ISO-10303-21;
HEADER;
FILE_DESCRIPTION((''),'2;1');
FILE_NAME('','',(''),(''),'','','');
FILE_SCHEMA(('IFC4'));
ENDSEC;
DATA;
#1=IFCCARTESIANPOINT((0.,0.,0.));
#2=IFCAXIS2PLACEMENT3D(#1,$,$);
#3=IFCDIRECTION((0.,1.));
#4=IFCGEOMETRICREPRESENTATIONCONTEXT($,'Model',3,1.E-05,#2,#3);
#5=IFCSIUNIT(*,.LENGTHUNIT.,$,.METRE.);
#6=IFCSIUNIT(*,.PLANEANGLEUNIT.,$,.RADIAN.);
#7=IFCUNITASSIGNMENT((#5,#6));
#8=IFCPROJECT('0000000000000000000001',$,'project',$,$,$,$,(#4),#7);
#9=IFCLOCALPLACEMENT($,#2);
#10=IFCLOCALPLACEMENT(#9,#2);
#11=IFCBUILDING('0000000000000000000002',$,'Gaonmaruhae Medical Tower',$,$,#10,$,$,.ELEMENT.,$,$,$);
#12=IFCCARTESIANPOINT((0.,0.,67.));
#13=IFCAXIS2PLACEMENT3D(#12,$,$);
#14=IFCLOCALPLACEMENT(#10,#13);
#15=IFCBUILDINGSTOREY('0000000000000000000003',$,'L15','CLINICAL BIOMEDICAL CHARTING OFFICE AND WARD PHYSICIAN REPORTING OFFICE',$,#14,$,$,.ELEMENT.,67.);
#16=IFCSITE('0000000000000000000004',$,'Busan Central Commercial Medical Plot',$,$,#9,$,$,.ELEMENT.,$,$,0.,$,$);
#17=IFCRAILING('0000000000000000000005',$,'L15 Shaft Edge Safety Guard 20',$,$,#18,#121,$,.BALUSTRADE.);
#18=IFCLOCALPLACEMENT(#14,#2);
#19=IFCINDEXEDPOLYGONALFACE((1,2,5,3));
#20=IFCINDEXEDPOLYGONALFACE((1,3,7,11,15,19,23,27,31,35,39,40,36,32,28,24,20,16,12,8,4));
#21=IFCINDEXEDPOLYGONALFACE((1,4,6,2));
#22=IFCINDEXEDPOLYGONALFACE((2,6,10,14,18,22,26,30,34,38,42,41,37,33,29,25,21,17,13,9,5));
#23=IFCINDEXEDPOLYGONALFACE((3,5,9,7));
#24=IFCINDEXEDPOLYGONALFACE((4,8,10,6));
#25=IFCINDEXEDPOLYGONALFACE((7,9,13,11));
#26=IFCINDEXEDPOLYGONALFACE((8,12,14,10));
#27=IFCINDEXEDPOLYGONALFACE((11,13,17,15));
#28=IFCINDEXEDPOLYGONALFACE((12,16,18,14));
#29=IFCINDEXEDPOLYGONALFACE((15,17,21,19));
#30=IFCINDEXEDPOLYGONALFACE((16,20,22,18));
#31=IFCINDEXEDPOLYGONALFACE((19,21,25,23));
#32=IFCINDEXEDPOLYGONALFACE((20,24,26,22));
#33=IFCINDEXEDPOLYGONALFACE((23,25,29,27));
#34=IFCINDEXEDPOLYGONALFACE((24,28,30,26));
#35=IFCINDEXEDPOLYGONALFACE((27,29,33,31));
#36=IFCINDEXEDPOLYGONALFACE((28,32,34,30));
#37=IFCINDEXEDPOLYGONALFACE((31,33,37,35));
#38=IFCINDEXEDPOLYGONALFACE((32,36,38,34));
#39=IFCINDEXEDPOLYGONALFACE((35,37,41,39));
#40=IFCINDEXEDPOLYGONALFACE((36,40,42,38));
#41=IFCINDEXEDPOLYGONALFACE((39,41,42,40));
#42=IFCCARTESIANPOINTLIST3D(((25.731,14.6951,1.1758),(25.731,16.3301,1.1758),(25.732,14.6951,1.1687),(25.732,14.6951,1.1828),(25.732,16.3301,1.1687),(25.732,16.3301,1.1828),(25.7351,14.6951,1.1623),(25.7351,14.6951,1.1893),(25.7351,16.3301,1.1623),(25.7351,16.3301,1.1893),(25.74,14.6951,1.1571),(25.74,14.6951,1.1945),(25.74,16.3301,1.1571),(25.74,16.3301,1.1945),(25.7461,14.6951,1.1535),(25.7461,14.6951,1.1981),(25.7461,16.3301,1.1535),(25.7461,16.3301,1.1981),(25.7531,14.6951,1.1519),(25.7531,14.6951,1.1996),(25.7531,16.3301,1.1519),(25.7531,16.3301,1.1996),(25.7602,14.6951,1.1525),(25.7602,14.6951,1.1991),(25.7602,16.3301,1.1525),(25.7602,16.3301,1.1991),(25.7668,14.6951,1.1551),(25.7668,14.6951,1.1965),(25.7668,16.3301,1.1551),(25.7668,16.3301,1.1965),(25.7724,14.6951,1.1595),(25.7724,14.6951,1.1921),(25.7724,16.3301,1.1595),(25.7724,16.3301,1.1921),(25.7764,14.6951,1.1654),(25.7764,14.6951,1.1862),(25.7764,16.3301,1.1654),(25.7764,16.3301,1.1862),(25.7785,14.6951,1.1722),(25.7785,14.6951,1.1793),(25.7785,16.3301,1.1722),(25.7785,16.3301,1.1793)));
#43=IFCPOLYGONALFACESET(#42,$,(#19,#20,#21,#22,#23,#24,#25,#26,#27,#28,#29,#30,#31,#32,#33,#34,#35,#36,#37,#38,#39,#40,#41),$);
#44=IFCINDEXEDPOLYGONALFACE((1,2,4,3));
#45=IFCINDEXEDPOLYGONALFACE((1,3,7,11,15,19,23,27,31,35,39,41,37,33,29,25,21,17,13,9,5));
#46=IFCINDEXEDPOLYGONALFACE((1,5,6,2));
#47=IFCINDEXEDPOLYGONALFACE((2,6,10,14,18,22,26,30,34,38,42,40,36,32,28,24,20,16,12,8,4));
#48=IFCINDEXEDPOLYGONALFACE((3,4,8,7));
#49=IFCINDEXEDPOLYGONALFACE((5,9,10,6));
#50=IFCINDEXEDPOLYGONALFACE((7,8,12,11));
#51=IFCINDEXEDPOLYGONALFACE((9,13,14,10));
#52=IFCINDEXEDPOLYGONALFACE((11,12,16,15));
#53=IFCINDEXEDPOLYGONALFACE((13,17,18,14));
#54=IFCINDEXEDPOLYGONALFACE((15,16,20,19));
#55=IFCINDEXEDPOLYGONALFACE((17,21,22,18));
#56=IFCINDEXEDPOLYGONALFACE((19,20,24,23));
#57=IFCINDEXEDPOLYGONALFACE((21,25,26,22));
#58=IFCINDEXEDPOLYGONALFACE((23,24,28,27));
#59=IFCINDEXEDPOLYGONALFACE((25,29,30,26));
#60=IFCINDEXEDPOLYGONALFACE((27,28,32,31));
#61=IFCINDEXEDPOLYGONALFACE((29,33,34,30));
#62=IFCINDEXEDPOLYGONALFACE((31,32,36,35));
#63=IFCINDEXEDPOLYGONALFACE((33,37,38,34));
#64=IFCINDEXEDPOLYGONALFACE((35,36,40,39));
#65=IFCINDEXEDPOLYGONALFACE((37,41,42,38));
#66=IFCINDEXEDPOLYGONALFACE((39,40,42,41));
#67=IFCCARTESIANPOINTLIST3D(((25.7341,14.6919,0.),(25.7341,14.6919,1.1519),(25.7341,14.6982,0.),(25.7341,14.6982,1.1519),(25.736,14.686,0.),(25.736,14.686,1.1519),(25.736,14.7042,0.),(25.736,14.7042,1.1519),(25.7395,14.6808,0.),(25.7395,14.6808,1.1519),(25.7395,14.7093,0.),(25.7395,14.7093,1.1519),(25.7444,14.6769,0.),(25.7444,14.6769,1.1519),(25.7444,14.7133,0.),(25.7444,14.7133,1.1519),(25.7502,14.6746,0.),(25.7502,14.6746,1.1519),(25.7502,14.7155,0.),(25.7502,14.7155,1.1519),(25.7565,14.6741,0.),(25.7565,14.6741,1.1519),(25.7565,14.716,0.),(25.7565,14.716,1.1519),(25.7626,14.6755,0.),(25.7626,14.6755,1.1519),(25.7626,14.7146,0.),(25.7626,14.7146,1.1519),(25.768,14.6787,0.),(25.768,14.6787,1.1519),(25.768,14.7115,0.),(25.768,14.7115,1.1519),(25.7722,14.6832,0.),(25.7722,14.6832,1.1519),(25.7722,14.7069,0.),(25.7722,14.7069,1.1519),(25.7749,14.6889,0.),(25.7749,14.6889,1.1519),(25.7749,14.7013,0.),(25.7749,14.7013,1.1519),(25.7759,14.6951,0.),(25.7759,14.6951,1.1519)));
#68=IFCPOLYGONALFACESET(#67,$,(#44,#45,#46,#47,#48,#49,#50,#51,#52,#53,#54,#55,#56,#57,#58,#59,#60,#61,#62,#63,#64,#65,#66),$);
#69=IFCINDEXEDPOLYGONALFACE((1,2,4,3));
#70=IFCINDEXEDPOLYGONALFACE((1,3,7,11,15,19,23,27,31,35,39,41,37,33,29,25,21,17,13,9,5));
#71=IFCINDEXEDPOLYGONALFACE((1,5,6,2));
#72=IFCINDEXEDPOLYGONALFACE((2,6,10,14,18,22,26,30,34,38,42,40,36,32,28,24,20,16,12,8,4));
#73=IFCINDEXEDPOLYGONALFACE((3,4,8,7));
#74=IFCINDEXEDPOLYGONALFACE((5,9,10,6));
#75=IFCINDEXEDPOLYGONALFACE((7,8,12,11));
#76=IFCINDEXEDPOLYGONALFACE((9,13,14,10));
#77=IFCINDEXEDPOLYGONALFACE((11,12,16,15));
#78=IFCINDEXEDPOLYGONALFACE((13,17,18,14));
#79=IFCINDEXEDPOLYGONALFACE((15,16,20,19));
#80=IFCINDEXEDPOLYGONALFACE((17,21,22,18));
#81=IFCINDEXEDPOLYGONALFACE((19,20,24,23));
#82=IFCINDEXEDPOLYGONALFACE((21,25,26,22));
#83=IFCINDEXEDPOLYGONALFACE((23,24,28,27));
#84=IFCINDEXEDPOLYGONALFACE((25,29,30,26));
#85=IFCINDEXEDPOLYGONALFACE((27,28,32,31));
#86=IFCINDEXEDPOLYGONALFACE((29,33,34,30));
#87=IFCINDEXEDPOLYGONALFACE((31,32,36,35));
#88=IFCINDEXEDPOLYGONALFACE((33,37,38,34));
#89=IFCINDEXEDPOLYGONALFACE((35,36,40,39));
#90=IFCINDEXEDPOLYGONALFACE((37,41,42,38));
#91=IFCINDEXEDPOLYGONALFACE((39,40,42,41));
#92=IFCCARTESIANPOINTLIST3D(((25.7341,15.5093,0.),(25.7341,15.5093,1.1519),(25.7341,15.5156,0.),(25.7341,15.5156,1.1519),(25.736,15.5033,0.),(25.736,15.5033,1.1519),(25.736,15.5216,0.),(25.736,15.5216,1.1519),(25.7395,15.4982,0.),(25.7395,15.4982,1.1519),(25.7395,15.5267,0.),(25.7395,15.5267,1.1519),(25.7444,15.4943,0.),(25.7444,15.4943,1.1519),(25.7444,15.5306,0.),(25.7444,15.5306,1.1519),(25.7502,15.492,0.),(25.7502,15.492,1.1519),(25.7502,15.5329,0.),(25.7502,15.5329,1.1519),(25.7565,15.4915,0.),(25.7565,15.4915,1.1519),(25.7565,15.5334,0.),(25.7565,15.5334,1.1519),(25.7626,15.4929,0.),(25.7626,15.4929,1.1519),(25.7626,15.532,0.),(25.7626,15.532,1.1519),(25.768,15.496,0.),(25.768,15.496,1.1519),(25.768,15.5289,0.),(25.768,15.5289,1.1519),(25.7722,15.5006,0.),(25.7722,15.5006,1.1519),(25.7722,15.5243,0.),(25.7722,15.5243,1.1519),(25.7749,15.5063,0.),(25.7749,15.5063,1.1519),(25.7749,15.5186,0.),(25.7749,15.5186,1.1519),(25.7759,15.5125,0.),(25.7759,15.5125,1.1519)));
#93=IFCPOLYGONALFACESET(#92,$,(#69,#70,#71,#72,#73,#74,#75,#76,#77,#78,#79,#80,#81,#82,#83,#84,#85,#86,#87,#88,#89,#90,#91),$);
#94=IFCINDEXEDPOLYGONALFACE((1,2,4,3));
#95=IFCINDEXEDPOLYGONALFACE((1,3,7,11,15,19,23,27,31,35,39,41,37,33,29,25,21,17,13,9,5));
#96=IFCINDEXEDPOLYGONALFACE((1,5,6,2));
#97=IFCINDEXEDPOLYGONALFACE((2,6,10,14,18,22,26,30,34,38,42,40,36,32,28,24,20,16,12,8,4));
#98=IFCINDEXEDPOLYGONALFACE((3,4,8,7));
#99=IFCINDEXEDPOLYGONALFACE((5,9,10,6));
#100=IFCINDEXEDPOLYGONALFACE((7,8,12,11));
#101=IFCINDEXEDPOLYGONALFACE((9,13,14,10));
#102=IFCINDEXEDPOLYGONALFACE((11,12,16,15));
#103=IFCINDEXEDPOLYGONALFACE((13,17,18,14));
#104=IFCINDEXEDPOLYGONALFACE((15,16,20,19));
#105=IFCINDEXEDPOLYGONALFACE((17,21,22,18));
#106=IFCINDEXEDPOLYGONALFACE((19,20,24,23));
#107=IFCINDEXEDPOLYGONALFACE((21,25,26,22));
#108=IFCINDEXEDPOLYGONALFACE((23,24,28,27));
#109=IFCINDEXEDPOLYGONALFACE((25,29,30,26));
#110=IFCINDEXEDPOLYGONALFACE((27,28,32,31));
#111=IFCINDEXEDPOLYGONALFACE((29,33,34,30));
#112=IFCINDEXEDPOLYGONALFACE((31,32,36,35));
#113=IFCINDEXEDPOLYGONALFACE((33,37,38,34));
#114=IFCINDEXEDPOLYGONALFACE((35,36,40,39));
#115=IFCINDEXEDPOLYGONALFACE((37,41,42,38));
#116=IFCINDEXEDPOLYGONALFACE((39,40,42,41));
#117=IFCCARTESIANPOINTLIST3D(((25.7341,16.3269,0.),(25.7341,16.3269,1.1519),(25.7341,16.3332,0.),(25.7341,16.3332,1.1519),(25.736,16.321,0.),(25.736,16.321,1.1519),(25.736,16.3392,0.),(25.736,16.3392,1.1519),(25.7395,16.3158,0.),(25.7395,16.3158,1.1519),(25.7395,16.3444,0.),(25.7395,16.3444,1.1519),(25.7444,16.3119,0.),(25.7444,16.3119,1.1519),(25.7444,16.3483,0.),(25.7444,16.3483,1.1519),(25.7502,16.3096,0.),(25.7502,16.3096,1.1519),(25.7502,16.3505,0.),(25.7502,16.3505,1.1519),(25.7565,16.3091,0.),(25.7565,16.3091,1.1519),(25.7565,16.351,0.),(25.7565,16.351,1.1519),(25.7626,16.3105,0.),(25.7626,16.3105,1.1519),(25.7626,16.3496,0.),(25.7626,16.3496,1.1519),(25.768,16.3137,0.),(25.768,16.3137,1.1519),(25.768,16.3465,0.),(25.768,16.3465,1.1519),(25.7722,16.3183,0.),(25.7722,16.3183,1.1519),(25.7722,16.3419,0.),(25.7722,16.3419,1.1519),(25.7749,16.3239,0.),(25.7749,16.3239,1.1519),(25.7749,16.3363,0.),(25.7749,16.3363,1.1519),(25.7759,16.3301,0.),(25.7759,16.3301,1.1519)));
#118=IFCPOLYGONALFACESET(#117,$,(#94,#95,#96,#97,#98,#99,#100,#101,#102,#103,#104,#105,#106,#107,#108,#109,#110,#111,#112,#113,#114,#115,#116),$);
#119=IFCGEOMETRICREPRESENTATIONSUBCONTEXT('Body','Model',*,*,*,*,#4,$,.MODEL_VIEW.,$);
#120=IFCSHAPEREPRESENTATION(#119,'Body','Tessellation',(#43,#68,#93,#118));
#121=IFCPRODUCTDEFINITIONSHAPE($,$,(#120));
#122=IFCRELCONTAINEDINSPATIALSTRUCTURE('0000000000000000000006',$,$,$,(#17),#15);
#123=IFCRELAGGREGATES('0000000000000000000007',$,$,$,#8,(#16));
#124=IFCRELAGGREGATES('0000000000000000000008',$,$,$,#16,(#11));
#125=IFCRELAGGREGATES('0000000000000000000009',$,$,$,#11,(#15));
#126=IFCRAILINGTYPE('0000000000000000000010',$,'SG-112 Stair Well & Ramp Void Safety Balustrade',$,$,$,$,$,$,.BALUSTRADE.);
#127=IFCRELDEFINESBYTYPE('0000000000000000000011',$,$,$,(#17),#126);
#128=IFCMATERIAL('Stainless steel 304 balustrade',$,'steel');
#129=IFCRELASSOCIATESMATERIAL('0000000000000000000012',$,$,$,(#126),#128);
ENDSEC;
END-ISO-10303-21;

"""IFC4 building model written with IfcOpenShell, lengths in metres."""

from ifc_helpers import new_model, si_unit, direction, frame, origin, origin_2d, place, context, subcontext, project, spatial, circle, extrude, material, type_object, element, save


model = new_model("IFC4")

# Units and contexts
model_context = context("Model", 3, precision=1e-05, world=origin(), true_north=direction((0.0, 1.0)))
body_context = subcontext(model_context, "Body", "Model", "MODEL_VIEW")
ifc_project = project(units=[si_unit("LENGTHUNIT", "METRE"), si_unit("PLANEANGLEUNIT", "RADIAN")], contexts=[model_context])

# Site, building, storey
site_placement = place(None, origin())
site = spatial("IfcSite", under=ifc_project, at=site_placement, Name="Busan Central Commercial Medical Plot", CompositionType="ELEMENT", RefElevation=0.0)
building_placement = place(site_placement, origin())
building = spatial("IfcBuilding", under=site, at=building_placement, Name="Gaonmaruhae Medical Tower", CompositionType="ELEMENT")
storey_placement = place(building_placement, frame((0.0, 0.0, 67.0)))
storey = spatial("IfcBuildingStorey", under=building, at=storey_placement, Name="L15", Description="CLINICAL BIOMEDICAL CHARTING OFFICE AND WARD PHYSICIAN REPORTING OFFICE", CompositionType="ELEMENT", Elevation=67.0)

# Railing
ifc_material_1 = material(Name="Stainless steel 304 balustrade", Category="steel")
railing_type_1 = type_object("IfcRailingType", Name="SG-112 Stair Well & Ramp Void Safety Balustrade", PredefinedType="BALUSTRADE", material=ifc_material_1)
for number, where, name in (
    (1, (25.7549, 14.6951, 0.0), "L15 Shaft Edge Safety Guard 20"),
):
    element("IfcRailing", number, at=place(storey_placement, frame(where)), inside=storey, type_object=railing_type_1, Name=name, PredefinedType="BALUSTRADE", context=body_context, shape_type="SweptSolid", body=[
        extrude(circle(Radius=0.0239, at=origin_2d()), frame((0.0, 0.0, 1.1758), z_axis=(0.0, 1.0, 0.0), x_axis=(-1.0, 0.0, 0.0)), (0.0, 0.0, 1.0), 1.635),
        extrude(circle(Radius=0.021, at=origin_2d()), origin(), (0.0, 0.0, 1.0), 1.1519),
        extrude(circle(Radius=0.021, at=origin_2d()), frame((0.0, 0.8174, 0.0)), (0.0, 0.0, 1.0), 1.1519),
        extrude(circle(Radius=0.021, at=origin_2d()), frame((0.0, 1.635, 0.0)), (0.0, 0.0, 1.0), 1.1519),
    ])

save(model, "model.ifc")
